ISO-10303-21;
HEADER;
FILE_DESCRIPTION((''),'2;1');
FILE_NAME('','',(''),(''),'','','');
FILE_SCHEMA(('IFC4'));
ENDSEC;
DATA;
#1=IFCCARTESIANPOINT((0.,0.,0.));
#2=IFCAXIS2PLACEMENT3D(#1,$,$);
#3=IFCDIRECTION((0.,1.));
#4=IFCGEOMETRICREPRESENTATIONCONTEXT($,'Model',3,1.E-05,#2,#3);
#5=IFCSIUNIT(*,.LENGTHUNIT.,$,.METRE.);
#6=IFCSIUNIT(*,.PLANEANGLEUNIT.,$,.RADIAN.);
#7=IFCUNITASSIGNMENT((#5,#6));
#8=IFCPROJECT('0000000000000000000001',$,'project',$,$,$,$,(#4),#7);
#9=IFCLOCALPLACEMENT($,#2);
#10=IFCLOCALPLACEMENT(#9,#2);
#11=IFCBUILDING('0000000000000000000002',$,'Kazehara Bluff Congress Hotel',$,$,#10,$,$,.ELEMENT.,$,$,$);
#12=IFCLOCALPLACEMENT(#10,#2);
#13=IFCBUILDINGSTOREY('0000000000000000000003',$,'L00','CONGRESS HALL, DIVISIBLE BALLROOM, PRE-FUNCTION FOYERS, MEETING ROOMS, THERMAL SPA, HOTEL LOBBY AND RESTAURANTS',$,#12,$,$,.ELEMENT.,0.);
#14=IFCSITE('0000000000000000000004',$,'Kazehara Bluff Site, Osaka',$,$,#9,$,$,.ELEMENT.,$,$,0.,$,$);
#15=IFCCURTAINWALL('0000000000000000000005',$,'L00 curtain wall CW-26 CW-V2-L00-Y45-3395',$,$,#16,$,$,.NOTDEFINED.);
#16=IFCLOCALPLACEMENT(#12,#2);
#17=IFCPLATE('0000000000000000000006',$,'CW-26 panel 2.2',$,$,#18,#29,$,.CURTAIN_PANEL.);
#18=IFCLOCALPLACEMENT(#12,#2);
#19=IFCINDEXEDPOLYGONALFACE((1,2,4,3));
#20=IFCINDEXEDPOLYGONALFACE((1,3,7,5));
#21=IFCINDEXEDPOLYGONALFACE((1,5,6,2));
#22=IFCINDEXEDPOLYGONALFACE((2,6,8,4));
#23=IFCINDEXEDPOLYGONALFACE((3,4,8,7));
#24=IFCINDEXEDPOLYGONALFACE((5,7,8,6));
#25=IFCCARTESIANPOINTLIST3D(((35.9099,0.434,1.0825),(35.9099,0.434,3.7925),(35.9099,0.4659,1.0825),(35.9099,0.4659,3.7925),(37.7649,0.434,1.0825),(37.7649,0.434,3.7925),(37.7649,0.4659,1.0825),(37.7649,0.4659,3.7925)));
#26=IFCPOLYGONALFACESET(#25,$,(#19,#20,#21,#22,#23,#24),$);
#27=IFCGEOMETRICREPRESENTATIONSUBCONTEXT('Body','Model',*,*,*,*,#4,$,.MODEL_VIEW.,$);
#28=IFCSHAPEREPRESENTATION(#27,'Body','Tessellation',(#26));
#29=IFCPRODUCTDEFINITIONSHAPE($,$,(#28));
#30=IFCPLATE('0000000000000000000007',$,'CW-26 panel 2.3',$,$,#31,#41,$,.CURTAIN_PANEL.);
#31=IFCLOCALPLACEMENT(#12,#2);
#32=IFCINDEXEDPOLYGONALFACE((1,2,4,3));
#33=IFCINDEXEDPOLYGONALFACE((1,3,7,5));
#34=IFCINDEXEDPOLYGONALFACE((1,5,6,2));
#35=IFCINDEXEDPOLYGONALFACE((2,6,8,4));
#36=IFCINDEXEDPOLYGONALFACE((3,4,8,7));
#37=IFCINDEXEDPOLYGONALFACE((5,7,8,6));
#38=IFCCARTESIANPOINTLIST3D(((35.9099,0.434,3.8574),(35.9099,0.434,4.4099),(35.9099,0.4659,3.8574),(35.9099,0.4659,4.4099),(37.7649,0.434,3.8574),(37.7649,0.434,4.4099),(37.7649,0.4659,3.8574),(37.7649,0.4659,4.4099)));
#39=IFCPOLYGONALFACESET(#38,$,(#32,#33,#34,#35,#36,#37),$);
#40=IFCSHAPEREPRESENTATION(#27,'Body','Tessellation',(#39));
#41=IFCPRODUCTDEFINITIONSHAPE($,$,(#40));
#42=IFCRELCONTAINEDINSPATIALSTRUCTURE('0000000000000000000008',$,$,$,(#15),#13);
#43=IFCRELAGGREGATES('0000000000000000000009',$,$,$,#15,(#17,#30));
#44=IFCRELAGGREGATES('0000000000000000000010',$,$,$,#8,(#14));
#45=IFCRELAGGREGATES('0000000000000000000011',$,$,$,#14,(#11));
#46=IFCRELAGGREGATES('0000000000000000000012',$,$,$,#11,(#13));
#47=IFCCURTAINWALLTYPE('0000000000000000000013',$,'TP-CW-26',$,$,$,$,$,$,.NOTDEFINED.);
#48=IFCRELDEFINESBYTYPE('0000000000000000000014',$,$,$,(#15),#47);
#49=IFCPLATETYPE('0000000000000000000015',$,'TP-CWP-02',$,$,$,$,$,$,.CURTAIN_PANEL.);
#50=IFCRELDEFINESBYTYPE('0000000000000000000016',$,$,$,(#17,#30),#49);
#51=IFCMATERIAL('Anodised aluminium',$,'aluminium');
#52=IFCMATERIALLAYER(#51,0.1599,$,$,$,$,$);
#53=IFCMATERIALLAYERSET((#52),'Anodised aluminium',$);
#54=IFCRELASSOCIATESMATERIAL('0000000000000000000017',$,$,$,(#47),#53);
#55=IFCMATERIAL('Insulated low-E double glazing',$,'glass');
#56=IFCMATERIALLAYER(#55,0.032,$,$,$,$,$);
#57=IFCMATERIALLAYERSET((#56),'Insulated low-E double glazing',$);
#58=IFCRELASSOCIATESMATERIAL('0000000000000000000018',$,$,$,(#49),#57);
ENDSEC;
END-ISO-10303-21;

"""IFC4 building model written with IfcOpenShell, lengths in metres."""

from ifc_helpers import new_model, si_unit, direction, frame, origin, origin_2d, place, context, subcontext, project, spatial, rectangle, extrude, material, layer, layer_set, type_object, element, aggregate, save


model = new_model("IFC4")

# Units and contexts
model_context = context("Model", 3, precision=1e-05, world=origin(), true_north=direction((0.0, 1.0)))
body_context = subcontext(model_context, "Body", "Model", "MODEL_VIEW")
ifc_project = project(units=[si_unit("LENGTHUNIT", "METRE"), si_unit("PLANEANGLEUNIT", "RADIAN")], contexts=[model_context])

# Site, building, storey
site_placement = place(None, origin())
site = spatial("IfcSite", under=ifc_project, at=site_placement, Name="Kazehara Bluff Site, Osaka", CompositionType="ELEMENT", RefElevation=0.0)
building_placement = place(site_placement, origin())
building = spatial("IfcBuilding", under=site, at=building_placement, Name="Kazehara Bluff Congress Hotel", CompositionType="ELEMENT")
storey_placement = place(building_placement, origin())
storey = spatial("IfcBuildingStorey", under=building, at=storey_placement, Name="L00", Description="CONGRESS HALL, DIVISIBLE BALLROOM, PRE-FUNCTION FOYERS, MEETING ROOMS, THERMAL SPA, HOTEL LOBBY AND RESTAURANTS", CompositionType="ELEMENT", Elevation=0.0)

# Shared definitions
ifc_material_1 = material(Name="Anodised aluminium", Category="aluminium")
ifc_layer_1 = layer(ifc_material_1, 0.1599)
ifc_layer_set_1 = layer_set([ifc_layer_1], Name="Anodised aluminium")
curtain_wall_type = type_object("IfcCurtainWallType", Name="TP-CW-26", PredefinedType="NOTDEFINED", material=ifc_layer_set_1)

# Curtain wall
curtain_wall_1_placement = place(storey_placement, origin())
curtain_wall_1 = element("IfcCurtainWall", 1, at=curtain_wall_1_placement, inside=storey, type_object=curtain_wall_type, Name="L00 curtain wall CW-26 CW-V2-L00-Y45-3395", PredefinedType="NOTDEFINED")

# Plates
ifc_material_2 = material(Name="Insulated low-E double glazing", Category="glass")
ifc_layer_2 = layer(ifc_material_2, 0.032)
ifc_layer_set_2 = layer_set([ifc_layer_2], Name="Insulated low-E double glazing")
plate_type = type_object("IfcPlateType", Name="TP-CWP-02", PredefinedType="CURTAIN_PANEL", material=ifc_layer_set_2)
plate_1_placement = place(storey_placement, frame((36.8374, 0.45, 1.0825), z_axis=(0.0, 0.0, 1.0), x_axis=(1.0, 0.0, 0.0)))
plate_1 = element("IfcPlate", 2, at=plate_1_placement, type_object=plate_type, Name="CW-26 panel 2.2", PredefinedType="CURTAIN_PANEL", context=body_context, shape_type="SweptSolid", body=[
    extrude(rectangle(XDim=1.855, YDim=0.032, at=origin_2d()), origin(), (0.0, 0.0, 1.0), 2.71),
])
plate_2_placement = place(storey_placement, frame((36.8374, 0.45, 3.8574), z_axis=(0.0, 0.0, 1.0), x_axis=(1.0, 0.0, 0.0)))
plate_2 = element("IfcPlate", 3, at=plate_2_placement, type_object=plate_type, Name="CW-26 panel 2.3", PredefinedType="CURTAIN_PANEL", context=body_context, shape_type="SweptSolid", body=[
    extrude(rectangle(XDim=1.855, YDim=0.032, at=origin_2d()), origin(), (0.0, 0.0, 1.0), 0.5525),
])
aggregate(curtain_wall_1, [plate_1, plate_2])

save(model, "model.ifc")
